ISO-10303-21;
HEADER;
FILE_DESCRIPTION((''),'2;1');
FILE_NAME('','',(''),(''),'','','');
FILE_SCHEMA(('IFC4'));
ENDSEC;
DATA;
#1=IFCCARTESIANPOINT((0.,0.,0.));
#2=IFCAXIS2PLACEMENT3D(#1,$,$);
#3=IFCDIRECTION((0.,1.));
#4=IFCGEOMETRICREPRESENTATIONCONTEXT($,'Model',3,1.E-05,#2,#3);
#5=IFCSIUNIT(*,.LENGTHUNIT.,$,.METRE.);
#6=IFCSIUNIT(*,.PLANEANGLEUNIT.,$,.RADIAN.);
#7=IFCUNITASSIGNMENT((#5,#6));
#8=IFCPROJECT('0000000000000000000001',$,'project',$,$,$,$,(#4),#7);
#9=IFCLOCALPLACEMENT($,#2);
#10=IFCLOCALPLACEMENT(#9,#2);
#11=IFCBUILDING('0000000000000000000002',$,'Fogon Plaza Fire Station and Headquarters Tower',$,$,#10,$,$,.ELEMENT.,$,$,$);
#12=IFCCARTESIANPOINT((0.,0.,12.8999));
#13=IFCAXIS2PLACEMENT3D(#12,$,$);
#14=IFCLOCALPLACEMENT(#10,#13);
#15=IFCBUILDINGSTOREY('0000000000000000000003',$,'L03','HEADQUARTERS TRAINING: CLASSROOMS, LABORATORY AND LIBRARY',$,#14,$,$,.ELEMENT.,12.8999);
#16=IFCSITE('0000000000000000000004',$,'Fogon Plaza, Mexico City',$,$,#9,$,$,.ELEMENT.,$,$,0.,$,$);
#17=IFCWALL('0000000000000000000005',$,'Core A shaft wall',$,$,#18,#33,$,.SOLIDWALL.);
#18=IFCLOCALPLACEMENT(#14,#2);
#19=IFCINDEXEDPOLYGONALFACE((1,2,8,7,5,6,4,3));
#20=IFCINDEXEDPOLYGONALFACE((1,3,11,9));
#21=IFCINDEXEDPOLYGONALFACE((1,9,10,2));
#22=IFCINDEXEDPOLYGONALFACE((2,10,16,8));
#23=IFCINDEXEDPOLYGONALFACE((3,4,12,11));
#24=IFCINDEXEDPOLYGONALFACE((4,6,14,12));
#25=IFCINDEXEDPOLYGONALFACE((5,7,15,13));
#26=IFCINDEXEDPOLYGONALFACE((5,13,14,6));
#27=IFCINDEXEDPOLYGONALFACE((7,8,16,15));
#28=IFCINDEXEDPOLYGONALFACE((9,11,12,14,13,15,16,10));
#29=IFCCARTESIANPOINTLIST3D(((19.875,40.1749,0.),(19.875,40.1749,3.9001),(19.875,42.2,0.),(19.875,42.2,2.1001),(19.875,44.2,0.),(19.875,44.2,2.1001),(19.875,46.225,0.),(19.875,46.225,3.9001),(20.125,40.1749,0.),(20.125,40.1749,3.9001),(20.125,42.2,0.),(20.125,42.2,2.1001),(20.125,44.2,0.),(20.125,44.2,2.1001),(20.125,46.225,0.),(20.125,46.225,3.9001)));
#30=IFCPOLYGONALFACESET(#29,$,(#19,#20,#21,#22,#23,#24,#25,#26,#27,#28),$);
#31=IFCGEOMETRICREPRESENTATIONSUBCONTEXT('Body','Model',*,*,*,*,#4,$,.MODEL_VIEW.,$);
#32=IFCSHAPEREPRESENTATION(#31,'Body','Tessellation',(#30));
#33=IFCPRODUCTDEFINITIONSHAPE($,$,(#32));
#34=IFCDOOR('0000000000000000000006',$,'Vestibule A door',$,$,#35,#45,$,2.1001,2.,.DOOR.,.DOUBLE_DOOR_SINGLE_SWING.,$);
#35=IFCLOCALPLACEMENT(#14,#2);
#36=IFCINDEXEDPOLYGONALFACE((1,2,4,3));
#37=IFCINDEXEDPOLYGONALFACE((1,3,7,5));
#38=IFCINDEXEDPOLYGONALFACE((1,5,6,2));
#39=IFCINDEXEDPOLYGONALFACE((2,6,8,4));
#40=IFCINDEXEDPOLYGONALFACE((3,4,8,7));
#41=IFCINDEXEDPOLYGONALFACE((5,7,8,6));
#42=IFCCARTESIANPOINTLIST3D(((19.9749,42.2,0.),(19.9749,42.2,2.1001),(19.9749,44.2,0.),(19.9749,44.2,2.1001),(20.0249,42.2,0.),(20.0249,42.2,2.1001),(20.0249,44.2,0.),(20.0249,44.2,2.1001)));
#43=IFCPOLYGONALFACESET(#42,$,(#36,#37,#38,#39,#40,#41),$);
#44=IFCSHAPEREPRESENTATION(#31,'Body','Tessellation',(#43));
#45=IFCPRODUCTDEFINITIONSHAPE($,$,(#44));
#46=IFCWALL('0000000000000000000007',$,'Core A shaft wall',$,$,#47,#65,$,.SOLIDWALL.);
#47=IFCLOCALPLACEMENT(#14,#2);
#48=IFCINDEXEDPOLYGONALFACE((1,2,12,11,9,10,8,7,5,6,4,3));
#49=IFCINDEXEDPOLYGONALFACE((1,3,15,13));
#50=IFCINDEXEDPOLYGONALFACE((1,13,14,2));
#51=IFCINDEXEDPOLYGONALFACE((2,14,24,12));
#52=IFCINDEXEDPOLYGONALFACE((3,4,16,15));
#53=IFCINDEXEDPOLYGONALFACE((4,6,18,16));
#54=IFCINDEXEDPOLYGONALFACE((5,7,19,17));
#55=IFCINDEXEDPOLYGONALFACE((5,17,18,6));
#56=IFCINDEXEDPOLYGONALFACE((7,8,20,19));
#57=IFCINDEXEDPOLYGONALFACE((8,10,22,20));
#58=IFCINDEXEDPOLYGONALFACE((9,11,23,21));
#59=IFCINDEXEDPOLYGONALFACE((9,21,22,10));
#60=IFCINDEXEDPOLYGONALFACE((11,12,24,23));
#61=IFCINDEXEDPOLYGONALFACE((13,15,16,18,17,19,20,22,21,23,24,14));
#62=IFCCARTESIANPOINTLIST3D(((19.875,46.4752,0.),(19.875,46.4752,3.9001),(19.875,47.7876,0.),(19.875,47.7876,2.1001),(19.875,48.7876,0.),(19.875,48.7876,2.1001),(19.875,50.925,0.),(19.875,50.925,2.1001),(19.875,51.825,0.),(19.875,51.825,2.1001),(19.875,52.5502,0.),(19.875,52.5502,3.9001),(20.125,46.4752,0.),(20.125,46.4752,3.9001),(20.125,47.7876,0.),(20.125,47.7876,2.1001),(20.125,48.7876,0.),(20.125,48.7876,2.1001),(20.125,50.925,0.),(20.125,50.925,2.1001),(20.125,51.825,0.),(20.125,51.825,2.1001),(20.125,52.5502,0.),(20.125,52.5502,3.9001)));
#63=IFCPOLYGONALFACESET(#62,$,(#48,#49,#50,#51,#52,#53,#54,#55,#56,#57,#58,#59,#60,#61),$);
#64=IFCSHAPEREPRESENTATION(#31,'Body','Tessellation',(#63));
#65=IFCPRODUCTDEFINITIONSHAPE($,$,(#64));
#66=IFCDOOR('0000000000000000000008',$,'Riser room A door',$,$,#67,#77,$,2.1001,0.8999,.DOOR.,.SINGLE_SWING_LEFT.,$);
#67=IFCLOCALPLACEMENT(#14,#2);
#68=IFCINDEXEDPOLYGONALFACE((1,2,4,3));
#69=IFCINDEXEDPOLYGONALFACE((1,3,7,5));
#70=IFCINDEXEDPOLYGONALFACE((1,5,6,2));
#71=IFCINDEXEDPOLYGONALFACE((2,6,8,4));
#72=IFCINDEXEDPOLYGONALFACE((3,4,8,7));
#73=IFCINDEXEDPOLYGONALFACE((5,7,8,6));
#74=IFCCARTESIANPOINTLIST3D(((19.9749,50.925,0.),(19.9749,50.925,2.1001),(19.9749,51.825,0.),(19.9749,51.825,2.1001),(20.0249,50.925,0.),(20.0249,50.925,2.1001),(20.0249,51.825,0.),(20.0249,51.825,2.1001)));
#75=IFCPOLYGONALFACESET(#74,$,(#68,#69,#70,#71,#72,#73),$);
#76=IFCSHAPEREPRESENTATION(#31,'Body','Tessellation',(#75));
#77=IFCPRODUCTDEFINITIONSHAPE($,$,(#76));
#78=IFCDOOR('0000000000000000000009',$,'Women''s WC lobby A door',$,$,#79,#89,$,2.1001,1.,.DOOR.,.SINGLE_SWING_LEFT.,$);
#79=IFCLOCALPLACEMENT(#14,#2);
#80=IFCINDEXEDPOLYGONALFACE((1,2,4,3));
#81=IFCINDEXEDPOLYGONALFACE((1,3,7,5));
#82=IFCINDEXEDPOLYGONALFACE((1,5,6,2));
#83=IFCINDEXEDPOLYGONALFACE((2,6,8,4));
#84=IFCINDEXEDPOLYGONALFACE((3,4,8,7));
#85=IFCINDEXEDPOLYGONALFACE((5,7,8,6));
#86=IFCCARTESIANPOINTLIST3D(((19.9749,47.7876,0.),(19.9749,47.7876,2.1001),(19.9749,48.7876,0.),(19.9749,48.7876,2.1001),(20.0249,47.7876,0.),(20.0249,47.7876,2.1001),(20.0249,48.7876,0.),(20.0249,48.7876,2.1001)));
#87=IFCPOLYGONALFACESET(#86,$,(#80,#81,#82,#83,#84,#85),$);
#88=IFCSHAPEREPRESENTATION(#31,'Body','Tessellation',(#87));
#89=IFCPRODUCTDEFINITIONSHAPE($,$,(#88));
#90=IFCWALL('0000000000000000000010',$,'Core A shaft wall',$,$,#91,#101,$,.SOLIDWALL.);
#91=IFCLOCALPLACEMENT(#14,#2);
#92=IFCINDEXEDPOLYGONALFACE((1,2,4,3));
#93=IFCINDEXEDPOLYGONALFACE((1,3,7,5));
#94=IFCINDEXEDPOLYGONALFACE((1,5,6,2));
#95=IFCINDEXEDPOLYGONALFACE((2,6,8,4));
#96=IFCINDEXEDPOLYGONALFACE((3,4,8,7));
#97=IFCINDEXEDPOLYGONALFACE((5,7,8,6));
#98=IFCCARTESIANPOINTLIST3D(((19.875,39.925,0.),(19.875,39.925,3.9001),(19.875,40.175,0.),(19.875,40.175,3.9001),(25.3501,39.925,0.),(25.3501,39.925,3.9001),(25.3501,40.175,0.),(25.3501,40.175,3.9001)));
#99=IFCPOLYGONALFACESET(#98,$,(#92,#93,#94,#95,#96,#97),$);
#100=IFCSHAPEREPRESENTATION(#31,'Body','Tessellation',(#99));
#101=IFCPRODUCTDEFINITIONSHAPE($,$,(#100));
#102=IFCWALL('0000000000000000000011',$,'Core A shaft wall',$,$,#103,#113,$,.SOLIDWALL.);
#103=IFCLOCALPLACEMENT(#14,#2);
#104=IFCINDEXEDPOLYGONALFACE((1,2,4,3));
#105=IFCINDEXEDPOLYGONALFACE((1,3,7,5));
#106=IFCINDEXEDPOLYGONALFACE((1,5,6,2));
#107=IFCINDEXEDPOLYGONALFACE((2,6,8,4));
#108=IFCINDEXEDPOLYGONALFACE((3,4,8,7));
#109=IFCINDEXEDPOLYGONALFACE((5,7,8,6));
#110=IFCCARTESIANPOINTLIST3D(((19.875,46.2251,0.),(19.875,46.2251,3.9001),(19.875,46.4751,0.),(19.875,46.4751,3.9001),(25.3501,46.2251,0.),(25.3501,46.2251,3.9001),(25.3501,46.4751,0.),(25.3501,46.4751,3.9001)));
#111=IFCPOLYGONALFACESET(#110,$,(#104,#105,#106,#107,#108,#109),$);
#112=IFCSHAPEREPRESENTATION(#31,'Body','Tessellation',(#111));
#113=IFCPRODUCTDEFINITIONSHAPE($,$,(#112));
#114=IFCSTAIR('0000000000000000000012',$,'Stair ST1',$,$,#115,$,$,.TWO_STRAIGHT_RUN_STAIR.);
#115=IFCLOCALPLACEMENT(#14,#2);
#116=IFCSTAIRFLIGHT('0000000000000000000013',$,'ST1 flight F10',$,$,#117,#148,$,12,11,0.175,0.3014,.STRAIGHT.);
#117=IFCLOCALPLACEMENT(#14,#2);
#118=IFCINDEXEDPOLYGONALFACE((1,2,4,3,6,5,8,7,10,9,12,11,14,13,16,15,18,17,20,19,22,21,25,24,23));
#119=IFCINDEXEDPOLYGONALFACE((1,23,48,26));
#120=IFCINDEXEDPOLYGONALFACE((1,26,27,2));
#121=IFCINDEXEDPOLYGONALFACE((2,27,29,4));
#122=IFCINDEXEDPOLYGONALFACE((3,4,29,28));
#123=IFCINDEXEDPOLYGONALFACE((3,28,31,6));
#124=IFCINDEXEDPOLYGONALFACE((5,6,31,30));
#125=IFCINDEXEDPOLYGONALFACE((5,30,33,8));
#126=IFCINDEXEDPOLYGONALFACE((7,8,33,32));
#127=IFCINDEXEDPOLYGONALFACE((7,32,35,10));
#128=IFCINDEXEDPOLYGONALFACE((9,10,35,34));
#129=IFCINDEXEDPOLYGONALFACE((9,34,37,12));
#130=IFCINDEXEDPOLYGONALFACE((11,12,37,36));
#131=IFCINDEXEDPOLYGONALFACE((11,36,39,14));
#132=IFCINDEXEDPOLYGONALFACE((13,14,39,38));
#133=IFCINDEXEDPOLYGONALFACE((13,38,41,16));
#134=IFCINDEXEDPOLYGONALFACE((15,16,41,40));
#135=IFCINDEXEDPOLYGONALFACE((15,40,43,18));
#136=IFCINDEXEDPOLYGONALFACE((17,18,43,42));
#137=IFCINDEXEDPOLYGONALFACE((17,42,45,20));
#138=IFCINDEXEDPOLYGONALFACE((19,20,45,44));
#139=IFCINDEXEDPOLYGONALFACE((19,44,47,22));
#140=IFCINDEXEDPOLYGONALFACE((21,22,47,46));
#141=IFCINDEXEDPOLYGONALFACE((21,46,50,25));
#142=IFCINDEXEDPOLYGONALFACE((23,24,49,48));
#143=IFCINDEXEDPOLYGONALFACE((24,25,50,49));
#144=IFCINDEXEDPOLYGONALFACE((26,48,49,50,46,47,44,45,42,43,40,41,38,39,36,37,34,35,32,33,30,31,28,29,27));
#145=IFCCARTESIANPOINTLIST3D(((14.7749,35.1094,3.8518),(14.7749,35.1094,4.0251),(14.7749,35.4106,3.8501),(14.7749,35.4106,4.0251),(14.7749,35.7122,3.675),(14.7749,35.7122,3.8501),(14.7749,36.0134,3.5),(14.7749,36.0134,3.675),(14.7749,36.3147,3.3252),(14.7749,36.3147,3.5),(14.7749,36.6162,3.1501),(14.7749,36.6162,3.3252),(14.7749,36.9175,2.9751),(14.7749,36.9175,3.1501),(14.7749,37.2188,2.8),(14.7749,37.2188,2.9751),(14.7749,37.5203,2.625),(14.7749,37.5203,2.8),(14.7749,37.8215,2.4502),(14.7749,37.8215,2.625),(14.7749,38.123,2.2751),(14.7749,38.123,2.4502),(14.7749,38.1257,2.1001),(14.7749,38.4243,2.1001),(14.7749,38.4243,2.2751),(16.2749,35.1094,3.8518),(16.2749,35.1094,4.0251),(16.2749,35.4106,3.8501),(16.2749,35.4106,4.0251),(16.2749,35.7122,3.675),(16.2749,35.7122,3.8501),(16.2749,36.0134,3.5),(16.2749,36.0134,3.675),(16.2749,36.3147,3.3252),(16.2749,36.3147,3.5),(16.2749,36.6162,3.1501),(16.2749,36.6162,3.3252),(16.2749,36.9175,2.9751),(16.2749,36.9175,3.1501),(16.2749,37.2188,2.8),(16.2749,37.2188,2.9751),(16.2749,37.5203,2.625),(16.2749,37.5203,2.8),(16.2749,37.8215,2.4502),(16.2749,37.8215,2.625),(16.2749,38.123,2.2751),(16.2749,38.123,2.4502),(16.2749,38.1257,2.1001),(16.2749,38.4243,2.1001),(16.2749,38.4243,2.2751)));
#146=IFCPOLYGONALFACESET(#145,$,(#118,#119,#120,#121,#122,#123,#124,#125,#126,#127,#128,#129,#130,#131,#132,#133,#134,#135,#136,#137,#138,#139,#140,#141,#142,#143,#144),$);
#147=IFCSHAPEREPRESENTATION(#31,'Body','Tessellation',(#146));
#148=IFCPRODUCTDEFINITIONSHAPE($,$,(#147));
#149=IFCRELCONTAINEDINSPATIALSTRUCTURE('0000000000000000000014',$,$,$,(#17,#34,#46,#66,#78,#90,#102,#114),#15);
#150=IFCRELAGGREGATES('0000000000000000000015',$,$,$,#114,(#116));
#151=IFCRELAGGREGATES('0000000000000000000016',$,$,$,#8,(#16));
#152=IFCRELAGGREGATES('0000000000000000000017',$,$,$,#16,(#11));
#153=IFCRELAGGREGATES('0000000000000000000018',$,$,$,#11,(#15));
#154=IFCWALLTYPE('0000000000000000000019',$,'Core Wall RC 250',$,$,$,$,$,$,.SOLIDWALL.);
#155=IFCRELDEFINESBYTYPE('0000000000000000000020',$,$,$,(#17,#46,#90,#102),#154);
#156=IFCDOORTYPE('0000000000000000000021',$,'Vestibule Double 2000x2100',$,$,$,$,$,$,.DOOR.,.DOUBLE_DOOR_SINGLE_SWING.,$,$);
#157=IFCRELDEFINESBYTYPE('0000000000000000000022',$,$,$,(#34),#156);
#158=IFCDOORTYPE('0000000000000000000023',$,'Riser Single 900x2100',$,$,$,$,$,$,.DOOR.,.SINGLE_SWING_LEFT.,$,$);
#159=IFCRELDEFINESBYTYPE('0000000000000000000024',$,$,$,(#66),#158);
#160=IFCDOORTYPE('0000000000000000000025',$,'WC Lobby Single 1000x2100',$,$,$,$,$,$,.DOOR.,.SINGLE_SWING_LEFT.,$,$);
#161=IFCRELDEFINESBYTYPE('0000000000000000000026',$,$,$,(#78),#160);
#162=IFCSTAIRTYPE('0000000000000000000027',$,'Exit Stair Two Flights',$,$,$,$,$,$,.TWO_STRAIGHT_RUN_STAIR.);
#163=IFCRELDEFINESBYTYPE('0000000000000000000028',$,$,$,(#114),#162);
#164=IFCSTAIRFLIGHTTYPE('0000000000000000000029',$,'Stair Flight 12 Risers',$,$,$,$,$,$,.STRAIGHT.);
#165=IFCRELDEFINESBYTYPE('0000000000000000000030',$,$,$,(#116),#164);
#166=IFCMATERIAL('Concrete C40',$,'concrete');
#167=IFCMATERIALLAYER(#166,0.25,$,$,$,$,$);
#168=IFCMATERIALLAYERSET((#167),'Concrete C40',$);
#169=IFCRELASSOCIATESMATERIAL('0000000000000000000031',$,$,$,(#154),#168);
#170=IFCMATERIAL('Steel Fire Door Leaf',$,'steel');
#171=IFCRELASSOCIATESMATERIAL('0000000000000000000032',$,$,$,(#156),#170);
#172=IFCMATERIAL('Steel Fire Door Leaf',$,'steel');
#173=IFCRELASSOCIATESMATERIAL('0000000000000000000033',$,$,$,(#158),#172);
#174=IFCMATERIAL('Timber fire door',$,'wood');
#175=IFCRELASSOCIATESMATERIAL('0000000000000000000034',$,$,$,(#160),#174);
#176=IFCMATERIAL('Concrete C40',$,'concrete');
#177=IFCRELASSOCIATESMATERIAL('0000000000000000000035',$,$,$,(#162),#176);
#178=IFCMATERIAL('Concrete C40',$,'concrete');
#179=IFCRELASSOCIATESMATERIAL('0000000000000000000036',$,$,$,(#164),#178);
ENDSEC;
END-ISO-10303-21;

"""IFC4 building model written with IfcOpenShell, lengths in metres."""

from ifc_helpers import new_model, si_unit, direction, frame, frame_2d, origin, place, context, subcontext, project, spatial, polyline, rectangle, outline, extrude, material, layer, layer_set, type_object, element, fill, aggregate, save


model = new_model("IFC4")

# Units and contexts
model_context = context("Model", 3, precision=1e-05, world=origin(), true_north=direction((0.0, 1.0)))
body_context = subcontext(model_context, "Body", "Model", "MODEL_VIEW")
ifc_project = project(units=[si_unit("LENGTHUNIT", "METRE"), si_unit("PLANEANGLEUNIT", "RADIAN")], contexts=[model_context])

# Site, building, storey
site_placement = place(None, origin())
site = spatial("IfcSite", under=ifc_project, at=site_placement, Name="Fogon Plaza, Mexico City", CompositionType="ELEMENT", RefElevation=0.0)
building_placement = place(site_placement, origin())
building = spatial("IfcBuilding", under=site, at=building_placement, Name="Fogon Plaza Fire Station and Headquarters Tower", CompositionType="ELEMENT")
storey_placement = place(building_placement, frame((0.0, 0.0, 12.8999)))
storey = spatial("IfcBuildingStorey", under=building, at=storey_placement, Name="L03", Description="HEADQUARTERS TRAINING: CLASSROOMS, LABORATORY AND LIBRARY", CompositionType="ELEMENT", Elevation=12.8999)

# Shared definitions
ifc_material_1 = material(Name="Concrete C40", Category="concrete")
ifc_layer = layer(ifc_material_1, 0.25)
ifc_layer_set = layer_set([ifc_layer], Name="Concrete C40")
wall_type = type_object("IfcWallType", Name="Core Wall RC 250", PredefinedType="SOLIDWALL", material=ifc_layer_set)

# Wall, opening, door
wall_1_placement = place(storey_placement, frame((20.0, 40.175, 0.0), z_axis=(0.0, 0.0, 1.0), x_axis=(0.0, 1.0, 0.0)))
wall_1 = element("IfcWall", 1, at=wall_1_placement, inside=storey, type_object=wall_type, Name="Core A shaft wall", PredefinedType="SOLIDWALL", context=body_context, shape_type="SweptSolid", body=[
    extrude(rectangle(XDim=6.05, YDim=0.25, at=frame_2d((3.0249, 0.0))), origin(), (0.0, 0.0, 1.0), 3.9001),
])
opening_1_placement = place(wall_1_placement, frame((2.0249, 0.0, 0.0)))
opening_1 = element("IfcOpeningElement", 2, at=opening_1_placement, cuts=wall_1, PredefinedType="OPENING", context=body_context, shape_type="SweptSolid", body=[
    extrude(rectangle(XDim=2.0, YDim=2.1001, at=frame_2d((1.0, 1.05))), frame((0.0, 0.135, 0.0), z_axis=(0.0, -1.0, 0.0), x_axis=(1.0, 0.0, 0.0)), (0.0, 0.0, 1.0), 0.27),
])
ifc_material_2 = material(Name="Steel Fire Door Leaf", Category="steel")
door_type_1 = type_object("IfcDoorType", Name="Vestibule Double 2000x2100", OperationType="DOUBLE_DOOR_SINGLE_SWING", PredefinedType="DOOR", material=ifc_material_2)
door_1_placement = place(opening_1_placement, frame((2.0, 0.0, 0.0), z_axis=(0.0, 0.0, 1.0), x_axis=(-1.0, 0.0, 0.0)))
door_1 = element("IfcDoor", 3, at=door_1_placement, inside=storey, type_object=door_type_1, Name="Vestibule A door", OperationType="DOUBLE_DOOR_SINGLE_SWING", OverallHeight=2.1001, OverallWidth=2.0, PredefinedType="DOOR", context=body_context, shape_type="SweptSolid", body=[
    extrude(rectangle(XDim=2.0, YDim=2.1001, at=frame_2d((1.0, 1.05))), frame((0.0, 0.0249, 0.0), z_axis=(0.0, -1.0, 0.0), x_axis=(1.0, 0.0, 0.0)), (0.0, 0.0, 1.0), 0.05),
])
fill(opening_1, door_1)

# Wall, openings, doors
wall_2_placement = place(storey_placement, frame((20.0, 46.4751, 0.0), z_axis=(0.0, 0.0, 1.0), x_axis=(0.0, 1.0, 0.0)))
wall_2 = element("IfcWall", 4, at=wall_2_placement, inside=storey, type_object=wall_type, Name="Core A shaft wall", PredefinedType="SOLIDWALL", context=body_context, shape_type="SweptSolid", body=[
    extrude(rectangle(XDim=6.075, YDim=0.25, at=frame_2d((3.0376, 0.0))), origin(), (0.0, 0.0, 1.0), 3.9001),
])
opening_2_placement = place(wall_2_placement, frame((1.3125, 0.0, 0.0)))
opening_2 = element("IfcOpeningElement", 5, at=opening_2_placement, cuts=wall_2, PredefinedType="OPENING", context=body_context, shape_type="SweptSolid", body=[
    extrude(rectangle(XDim=1.0, YDim=2.1001, at=frame_2d((0.5, 1.05))), frame((0.0, 0.135, 0.0), z_axis=(0.0, -1.0, 0.0), x_axis=(1.0, 0.0, 0.0)), (0.0, 0.0, 1.0), 0.27),
])
opening_3_placement = place(wall_2_placement, frame((4.45, 0.0, 0.0)))
opening_3 = element("IfcOpeningElement", 6, at=opening_3_placement, cuts=wall_2, PredefinedType="OPENING", context=body_context, shape_type="SweptSolid", body=[
    extrude(rectangle(XDim=0.8999, YDim=2.1001, at=frame_2d((0.45, 1.05))), frame((0.0, 0.135, 0.0), z_axis=(0.0, -1.0, 0.0), x_axis=(1.0, 0.0, 0.0)), (0.0, 0.0, 1.0), 0.27),
])
ifc_material_3 = material(Name="Steel Fire Door Leaf", Category="steel")
door_type_2 = type_object("IfcDoorType", Name="Riser Single 900x2100", OperationType="SINGLE_SWING_LEFT", PredefinedType="DOOR", material=ifc_material_3)
door_2_placement = place(opening_3_placement, frame((0.8999, 0.0, 0.0), z_axis=(0.0, 0.0, 1.0), x_axis=(-1.0, 0.0, 0.0)))
door_2 = element("IfcDoor", 7, at=door_2_placement, inside=storey, type_object=door_type_2, Name="Riser room A door", OperationType="SINGLE_SWING_LEFT", OverallHeight=2.1001, OverallWidth=0.8999, PredefinedType="DOOR", context=body_context, shape_type="SweptSolid", body=[
    extrude(rectangle(XDim=0.8999, YDim=2.1001, at=frame_2d((0.45, 1.05))), frame((0.0, 0.0249, 0.0), z_axis=(0.0, -1.0, 0.0), x_axis=(1.0, 0.0, 0.0)), (0.0, 0.0, 1.0), 0.05),
])
fill(opening_3, door_2)
ifc_material_4 = material(Name="Timber fire door", Category="wood")
door_type_3 = type_object("IfcDoorType", Name="WC Lobby Single 1000x2100", OperationType="SINGLE_SWING_LEFT", PredefinedType="DOOR", material=ifc_material_4)
door_3_placement = place(opening_2_placement, frame((1.0, 0.0, 0.0), z_axis=(0.0, 0.0, 1.0), x_axis=(-1.0, 0.0, 0.0)))
door_3 = element("IfcDoor", 8, at=door_3_placement, inside=storey, type_object=door_type_3, Name="Women's WC lobby A door", OperationType="SINGLE_SWING_LEFT", OverallHeight=2.1001, OverallWidth=1.0, PredefinedType="DOOR", context=body_context, shape_type="SweptSolid", body=[
    extrude(rectangle(XDim=1.0, YDim=2.1001, at=frame_2d((0.5, 1.05))), frame((0.0, 0.0249, 0.0), z_axis=(0.0, -1.0, 0.0), x_axis=(1.0, 0.0, 0.0)), (0.0, 0.0, 1.0), 0.05),
])
fill(opening_2, door_3)

# Walls
for number, where, z_axis, x_axis, name in (
    (9, (19.875, 40.05, 0.0), (0.0, 0.0, 1.0), (1.0, 0.0, 0.0), "Core A shaft wall"),
    (10, (19.875, 46.3501, 0.0), (0.0, 0.0, 1.0), (1.0, 0.0, 0.0), "Core A shaft wall"),
):
    element("IfcWall", number, at=place(storey_placement, frame(where, z_axis=z_axis, x_axis=x_axis)), inside=storey, type_object=wall_type, Name=name, PredefinedType="SOLIDWALL", context=body_context, shape_type="SweptSolid", body=[
        extrude(rectangle(XDim=5.4751, YDim=0.25, at=frame_2d((2.7375, 0.0))), origin(), (0.0, 0.0, 1.0), 3.9001),
    ])

# Stair, stair flight
ifc_material_5 = material(Name="Concrete C40", Category="concrete")
stair_type = type_object("IfcStairType", Name="Exit Stair Two Flights", PredefinedType="TWO_STRAIGHT_RUN_STAIR", material=ifc_material_5)
stair_1_placement = place(storey_placement, origin())
stair_1 = element("IfcStair", 11, at=stair_1_placement, inside=storey, type_object=stair_type, Name="Stair ST1", PredefinedType="TWO_STRAIGHT_RUN_STAIR")
ifc_material_6 = material(Name="Concrete C40", Category="concrete")
stair_flight_type = type_object("IfcStairFlightType", Name="Stair Flight 12 Risers", PredefinedType="STRAIGHT", material=ifc_material_6)
stair_flight_1_placement = place(storey_placement, frame((15.5249, 38.4243, 2.1001), z_axis=(0.0, 0.0, 1.0), x_axis=(0.0, -1.0, 0.0)))
stair_flight_1 = element("IfcStairFlight", 12, at=stair_flight_1_placement, type_object=stair_flight_type, Name="ST1 flight F10", NumberOfRisers=12, NumberOfTreads=11, PredefinedType="STRAIGHT", RiserHeight=0.175, TreadLength=0.3014, context=body_context, shape_type="SweptSolid", body=[
    extrude(outline(polyline([(0.0, 0.0), (0.0, 0.175), (0.3013, 0.175), (0.3013, 0.3501), (0.6028, 0.3501), (0.6028, 0.5249), (0.9041, 0.5249), (0.9041, 0.7), (1.2056, 0.7), (1.2056, 0.875), (1.5068, 0.875), (1.5068, 1.05), (1.8081, 1.05), (1.8081, 1.2251), (2.1096, 1.2251), (2.1096, 1.3999), (2.4109, 1.3999), (2.4109, 1.575), (2.7122, 1.575), (2.7122, 1.75), (3.0137, 1.75), (3.0137, 1.925), (3.3149, 1.925), (3.3149, 2.1001), (3.3149, 1.7517), (0.2986, 0.0), (0.0, 0.0)])), frame((0.0, 0.75, 0.0), z_axis=(0.0, -1.0, 0.0), x_axis=(1.0, 0.0, 0.0)), (0.0, 0.0, 1.0), 1.5),
])
aggregate(stair_1, [stair_flight_1])

save(model, "model.ifc")
